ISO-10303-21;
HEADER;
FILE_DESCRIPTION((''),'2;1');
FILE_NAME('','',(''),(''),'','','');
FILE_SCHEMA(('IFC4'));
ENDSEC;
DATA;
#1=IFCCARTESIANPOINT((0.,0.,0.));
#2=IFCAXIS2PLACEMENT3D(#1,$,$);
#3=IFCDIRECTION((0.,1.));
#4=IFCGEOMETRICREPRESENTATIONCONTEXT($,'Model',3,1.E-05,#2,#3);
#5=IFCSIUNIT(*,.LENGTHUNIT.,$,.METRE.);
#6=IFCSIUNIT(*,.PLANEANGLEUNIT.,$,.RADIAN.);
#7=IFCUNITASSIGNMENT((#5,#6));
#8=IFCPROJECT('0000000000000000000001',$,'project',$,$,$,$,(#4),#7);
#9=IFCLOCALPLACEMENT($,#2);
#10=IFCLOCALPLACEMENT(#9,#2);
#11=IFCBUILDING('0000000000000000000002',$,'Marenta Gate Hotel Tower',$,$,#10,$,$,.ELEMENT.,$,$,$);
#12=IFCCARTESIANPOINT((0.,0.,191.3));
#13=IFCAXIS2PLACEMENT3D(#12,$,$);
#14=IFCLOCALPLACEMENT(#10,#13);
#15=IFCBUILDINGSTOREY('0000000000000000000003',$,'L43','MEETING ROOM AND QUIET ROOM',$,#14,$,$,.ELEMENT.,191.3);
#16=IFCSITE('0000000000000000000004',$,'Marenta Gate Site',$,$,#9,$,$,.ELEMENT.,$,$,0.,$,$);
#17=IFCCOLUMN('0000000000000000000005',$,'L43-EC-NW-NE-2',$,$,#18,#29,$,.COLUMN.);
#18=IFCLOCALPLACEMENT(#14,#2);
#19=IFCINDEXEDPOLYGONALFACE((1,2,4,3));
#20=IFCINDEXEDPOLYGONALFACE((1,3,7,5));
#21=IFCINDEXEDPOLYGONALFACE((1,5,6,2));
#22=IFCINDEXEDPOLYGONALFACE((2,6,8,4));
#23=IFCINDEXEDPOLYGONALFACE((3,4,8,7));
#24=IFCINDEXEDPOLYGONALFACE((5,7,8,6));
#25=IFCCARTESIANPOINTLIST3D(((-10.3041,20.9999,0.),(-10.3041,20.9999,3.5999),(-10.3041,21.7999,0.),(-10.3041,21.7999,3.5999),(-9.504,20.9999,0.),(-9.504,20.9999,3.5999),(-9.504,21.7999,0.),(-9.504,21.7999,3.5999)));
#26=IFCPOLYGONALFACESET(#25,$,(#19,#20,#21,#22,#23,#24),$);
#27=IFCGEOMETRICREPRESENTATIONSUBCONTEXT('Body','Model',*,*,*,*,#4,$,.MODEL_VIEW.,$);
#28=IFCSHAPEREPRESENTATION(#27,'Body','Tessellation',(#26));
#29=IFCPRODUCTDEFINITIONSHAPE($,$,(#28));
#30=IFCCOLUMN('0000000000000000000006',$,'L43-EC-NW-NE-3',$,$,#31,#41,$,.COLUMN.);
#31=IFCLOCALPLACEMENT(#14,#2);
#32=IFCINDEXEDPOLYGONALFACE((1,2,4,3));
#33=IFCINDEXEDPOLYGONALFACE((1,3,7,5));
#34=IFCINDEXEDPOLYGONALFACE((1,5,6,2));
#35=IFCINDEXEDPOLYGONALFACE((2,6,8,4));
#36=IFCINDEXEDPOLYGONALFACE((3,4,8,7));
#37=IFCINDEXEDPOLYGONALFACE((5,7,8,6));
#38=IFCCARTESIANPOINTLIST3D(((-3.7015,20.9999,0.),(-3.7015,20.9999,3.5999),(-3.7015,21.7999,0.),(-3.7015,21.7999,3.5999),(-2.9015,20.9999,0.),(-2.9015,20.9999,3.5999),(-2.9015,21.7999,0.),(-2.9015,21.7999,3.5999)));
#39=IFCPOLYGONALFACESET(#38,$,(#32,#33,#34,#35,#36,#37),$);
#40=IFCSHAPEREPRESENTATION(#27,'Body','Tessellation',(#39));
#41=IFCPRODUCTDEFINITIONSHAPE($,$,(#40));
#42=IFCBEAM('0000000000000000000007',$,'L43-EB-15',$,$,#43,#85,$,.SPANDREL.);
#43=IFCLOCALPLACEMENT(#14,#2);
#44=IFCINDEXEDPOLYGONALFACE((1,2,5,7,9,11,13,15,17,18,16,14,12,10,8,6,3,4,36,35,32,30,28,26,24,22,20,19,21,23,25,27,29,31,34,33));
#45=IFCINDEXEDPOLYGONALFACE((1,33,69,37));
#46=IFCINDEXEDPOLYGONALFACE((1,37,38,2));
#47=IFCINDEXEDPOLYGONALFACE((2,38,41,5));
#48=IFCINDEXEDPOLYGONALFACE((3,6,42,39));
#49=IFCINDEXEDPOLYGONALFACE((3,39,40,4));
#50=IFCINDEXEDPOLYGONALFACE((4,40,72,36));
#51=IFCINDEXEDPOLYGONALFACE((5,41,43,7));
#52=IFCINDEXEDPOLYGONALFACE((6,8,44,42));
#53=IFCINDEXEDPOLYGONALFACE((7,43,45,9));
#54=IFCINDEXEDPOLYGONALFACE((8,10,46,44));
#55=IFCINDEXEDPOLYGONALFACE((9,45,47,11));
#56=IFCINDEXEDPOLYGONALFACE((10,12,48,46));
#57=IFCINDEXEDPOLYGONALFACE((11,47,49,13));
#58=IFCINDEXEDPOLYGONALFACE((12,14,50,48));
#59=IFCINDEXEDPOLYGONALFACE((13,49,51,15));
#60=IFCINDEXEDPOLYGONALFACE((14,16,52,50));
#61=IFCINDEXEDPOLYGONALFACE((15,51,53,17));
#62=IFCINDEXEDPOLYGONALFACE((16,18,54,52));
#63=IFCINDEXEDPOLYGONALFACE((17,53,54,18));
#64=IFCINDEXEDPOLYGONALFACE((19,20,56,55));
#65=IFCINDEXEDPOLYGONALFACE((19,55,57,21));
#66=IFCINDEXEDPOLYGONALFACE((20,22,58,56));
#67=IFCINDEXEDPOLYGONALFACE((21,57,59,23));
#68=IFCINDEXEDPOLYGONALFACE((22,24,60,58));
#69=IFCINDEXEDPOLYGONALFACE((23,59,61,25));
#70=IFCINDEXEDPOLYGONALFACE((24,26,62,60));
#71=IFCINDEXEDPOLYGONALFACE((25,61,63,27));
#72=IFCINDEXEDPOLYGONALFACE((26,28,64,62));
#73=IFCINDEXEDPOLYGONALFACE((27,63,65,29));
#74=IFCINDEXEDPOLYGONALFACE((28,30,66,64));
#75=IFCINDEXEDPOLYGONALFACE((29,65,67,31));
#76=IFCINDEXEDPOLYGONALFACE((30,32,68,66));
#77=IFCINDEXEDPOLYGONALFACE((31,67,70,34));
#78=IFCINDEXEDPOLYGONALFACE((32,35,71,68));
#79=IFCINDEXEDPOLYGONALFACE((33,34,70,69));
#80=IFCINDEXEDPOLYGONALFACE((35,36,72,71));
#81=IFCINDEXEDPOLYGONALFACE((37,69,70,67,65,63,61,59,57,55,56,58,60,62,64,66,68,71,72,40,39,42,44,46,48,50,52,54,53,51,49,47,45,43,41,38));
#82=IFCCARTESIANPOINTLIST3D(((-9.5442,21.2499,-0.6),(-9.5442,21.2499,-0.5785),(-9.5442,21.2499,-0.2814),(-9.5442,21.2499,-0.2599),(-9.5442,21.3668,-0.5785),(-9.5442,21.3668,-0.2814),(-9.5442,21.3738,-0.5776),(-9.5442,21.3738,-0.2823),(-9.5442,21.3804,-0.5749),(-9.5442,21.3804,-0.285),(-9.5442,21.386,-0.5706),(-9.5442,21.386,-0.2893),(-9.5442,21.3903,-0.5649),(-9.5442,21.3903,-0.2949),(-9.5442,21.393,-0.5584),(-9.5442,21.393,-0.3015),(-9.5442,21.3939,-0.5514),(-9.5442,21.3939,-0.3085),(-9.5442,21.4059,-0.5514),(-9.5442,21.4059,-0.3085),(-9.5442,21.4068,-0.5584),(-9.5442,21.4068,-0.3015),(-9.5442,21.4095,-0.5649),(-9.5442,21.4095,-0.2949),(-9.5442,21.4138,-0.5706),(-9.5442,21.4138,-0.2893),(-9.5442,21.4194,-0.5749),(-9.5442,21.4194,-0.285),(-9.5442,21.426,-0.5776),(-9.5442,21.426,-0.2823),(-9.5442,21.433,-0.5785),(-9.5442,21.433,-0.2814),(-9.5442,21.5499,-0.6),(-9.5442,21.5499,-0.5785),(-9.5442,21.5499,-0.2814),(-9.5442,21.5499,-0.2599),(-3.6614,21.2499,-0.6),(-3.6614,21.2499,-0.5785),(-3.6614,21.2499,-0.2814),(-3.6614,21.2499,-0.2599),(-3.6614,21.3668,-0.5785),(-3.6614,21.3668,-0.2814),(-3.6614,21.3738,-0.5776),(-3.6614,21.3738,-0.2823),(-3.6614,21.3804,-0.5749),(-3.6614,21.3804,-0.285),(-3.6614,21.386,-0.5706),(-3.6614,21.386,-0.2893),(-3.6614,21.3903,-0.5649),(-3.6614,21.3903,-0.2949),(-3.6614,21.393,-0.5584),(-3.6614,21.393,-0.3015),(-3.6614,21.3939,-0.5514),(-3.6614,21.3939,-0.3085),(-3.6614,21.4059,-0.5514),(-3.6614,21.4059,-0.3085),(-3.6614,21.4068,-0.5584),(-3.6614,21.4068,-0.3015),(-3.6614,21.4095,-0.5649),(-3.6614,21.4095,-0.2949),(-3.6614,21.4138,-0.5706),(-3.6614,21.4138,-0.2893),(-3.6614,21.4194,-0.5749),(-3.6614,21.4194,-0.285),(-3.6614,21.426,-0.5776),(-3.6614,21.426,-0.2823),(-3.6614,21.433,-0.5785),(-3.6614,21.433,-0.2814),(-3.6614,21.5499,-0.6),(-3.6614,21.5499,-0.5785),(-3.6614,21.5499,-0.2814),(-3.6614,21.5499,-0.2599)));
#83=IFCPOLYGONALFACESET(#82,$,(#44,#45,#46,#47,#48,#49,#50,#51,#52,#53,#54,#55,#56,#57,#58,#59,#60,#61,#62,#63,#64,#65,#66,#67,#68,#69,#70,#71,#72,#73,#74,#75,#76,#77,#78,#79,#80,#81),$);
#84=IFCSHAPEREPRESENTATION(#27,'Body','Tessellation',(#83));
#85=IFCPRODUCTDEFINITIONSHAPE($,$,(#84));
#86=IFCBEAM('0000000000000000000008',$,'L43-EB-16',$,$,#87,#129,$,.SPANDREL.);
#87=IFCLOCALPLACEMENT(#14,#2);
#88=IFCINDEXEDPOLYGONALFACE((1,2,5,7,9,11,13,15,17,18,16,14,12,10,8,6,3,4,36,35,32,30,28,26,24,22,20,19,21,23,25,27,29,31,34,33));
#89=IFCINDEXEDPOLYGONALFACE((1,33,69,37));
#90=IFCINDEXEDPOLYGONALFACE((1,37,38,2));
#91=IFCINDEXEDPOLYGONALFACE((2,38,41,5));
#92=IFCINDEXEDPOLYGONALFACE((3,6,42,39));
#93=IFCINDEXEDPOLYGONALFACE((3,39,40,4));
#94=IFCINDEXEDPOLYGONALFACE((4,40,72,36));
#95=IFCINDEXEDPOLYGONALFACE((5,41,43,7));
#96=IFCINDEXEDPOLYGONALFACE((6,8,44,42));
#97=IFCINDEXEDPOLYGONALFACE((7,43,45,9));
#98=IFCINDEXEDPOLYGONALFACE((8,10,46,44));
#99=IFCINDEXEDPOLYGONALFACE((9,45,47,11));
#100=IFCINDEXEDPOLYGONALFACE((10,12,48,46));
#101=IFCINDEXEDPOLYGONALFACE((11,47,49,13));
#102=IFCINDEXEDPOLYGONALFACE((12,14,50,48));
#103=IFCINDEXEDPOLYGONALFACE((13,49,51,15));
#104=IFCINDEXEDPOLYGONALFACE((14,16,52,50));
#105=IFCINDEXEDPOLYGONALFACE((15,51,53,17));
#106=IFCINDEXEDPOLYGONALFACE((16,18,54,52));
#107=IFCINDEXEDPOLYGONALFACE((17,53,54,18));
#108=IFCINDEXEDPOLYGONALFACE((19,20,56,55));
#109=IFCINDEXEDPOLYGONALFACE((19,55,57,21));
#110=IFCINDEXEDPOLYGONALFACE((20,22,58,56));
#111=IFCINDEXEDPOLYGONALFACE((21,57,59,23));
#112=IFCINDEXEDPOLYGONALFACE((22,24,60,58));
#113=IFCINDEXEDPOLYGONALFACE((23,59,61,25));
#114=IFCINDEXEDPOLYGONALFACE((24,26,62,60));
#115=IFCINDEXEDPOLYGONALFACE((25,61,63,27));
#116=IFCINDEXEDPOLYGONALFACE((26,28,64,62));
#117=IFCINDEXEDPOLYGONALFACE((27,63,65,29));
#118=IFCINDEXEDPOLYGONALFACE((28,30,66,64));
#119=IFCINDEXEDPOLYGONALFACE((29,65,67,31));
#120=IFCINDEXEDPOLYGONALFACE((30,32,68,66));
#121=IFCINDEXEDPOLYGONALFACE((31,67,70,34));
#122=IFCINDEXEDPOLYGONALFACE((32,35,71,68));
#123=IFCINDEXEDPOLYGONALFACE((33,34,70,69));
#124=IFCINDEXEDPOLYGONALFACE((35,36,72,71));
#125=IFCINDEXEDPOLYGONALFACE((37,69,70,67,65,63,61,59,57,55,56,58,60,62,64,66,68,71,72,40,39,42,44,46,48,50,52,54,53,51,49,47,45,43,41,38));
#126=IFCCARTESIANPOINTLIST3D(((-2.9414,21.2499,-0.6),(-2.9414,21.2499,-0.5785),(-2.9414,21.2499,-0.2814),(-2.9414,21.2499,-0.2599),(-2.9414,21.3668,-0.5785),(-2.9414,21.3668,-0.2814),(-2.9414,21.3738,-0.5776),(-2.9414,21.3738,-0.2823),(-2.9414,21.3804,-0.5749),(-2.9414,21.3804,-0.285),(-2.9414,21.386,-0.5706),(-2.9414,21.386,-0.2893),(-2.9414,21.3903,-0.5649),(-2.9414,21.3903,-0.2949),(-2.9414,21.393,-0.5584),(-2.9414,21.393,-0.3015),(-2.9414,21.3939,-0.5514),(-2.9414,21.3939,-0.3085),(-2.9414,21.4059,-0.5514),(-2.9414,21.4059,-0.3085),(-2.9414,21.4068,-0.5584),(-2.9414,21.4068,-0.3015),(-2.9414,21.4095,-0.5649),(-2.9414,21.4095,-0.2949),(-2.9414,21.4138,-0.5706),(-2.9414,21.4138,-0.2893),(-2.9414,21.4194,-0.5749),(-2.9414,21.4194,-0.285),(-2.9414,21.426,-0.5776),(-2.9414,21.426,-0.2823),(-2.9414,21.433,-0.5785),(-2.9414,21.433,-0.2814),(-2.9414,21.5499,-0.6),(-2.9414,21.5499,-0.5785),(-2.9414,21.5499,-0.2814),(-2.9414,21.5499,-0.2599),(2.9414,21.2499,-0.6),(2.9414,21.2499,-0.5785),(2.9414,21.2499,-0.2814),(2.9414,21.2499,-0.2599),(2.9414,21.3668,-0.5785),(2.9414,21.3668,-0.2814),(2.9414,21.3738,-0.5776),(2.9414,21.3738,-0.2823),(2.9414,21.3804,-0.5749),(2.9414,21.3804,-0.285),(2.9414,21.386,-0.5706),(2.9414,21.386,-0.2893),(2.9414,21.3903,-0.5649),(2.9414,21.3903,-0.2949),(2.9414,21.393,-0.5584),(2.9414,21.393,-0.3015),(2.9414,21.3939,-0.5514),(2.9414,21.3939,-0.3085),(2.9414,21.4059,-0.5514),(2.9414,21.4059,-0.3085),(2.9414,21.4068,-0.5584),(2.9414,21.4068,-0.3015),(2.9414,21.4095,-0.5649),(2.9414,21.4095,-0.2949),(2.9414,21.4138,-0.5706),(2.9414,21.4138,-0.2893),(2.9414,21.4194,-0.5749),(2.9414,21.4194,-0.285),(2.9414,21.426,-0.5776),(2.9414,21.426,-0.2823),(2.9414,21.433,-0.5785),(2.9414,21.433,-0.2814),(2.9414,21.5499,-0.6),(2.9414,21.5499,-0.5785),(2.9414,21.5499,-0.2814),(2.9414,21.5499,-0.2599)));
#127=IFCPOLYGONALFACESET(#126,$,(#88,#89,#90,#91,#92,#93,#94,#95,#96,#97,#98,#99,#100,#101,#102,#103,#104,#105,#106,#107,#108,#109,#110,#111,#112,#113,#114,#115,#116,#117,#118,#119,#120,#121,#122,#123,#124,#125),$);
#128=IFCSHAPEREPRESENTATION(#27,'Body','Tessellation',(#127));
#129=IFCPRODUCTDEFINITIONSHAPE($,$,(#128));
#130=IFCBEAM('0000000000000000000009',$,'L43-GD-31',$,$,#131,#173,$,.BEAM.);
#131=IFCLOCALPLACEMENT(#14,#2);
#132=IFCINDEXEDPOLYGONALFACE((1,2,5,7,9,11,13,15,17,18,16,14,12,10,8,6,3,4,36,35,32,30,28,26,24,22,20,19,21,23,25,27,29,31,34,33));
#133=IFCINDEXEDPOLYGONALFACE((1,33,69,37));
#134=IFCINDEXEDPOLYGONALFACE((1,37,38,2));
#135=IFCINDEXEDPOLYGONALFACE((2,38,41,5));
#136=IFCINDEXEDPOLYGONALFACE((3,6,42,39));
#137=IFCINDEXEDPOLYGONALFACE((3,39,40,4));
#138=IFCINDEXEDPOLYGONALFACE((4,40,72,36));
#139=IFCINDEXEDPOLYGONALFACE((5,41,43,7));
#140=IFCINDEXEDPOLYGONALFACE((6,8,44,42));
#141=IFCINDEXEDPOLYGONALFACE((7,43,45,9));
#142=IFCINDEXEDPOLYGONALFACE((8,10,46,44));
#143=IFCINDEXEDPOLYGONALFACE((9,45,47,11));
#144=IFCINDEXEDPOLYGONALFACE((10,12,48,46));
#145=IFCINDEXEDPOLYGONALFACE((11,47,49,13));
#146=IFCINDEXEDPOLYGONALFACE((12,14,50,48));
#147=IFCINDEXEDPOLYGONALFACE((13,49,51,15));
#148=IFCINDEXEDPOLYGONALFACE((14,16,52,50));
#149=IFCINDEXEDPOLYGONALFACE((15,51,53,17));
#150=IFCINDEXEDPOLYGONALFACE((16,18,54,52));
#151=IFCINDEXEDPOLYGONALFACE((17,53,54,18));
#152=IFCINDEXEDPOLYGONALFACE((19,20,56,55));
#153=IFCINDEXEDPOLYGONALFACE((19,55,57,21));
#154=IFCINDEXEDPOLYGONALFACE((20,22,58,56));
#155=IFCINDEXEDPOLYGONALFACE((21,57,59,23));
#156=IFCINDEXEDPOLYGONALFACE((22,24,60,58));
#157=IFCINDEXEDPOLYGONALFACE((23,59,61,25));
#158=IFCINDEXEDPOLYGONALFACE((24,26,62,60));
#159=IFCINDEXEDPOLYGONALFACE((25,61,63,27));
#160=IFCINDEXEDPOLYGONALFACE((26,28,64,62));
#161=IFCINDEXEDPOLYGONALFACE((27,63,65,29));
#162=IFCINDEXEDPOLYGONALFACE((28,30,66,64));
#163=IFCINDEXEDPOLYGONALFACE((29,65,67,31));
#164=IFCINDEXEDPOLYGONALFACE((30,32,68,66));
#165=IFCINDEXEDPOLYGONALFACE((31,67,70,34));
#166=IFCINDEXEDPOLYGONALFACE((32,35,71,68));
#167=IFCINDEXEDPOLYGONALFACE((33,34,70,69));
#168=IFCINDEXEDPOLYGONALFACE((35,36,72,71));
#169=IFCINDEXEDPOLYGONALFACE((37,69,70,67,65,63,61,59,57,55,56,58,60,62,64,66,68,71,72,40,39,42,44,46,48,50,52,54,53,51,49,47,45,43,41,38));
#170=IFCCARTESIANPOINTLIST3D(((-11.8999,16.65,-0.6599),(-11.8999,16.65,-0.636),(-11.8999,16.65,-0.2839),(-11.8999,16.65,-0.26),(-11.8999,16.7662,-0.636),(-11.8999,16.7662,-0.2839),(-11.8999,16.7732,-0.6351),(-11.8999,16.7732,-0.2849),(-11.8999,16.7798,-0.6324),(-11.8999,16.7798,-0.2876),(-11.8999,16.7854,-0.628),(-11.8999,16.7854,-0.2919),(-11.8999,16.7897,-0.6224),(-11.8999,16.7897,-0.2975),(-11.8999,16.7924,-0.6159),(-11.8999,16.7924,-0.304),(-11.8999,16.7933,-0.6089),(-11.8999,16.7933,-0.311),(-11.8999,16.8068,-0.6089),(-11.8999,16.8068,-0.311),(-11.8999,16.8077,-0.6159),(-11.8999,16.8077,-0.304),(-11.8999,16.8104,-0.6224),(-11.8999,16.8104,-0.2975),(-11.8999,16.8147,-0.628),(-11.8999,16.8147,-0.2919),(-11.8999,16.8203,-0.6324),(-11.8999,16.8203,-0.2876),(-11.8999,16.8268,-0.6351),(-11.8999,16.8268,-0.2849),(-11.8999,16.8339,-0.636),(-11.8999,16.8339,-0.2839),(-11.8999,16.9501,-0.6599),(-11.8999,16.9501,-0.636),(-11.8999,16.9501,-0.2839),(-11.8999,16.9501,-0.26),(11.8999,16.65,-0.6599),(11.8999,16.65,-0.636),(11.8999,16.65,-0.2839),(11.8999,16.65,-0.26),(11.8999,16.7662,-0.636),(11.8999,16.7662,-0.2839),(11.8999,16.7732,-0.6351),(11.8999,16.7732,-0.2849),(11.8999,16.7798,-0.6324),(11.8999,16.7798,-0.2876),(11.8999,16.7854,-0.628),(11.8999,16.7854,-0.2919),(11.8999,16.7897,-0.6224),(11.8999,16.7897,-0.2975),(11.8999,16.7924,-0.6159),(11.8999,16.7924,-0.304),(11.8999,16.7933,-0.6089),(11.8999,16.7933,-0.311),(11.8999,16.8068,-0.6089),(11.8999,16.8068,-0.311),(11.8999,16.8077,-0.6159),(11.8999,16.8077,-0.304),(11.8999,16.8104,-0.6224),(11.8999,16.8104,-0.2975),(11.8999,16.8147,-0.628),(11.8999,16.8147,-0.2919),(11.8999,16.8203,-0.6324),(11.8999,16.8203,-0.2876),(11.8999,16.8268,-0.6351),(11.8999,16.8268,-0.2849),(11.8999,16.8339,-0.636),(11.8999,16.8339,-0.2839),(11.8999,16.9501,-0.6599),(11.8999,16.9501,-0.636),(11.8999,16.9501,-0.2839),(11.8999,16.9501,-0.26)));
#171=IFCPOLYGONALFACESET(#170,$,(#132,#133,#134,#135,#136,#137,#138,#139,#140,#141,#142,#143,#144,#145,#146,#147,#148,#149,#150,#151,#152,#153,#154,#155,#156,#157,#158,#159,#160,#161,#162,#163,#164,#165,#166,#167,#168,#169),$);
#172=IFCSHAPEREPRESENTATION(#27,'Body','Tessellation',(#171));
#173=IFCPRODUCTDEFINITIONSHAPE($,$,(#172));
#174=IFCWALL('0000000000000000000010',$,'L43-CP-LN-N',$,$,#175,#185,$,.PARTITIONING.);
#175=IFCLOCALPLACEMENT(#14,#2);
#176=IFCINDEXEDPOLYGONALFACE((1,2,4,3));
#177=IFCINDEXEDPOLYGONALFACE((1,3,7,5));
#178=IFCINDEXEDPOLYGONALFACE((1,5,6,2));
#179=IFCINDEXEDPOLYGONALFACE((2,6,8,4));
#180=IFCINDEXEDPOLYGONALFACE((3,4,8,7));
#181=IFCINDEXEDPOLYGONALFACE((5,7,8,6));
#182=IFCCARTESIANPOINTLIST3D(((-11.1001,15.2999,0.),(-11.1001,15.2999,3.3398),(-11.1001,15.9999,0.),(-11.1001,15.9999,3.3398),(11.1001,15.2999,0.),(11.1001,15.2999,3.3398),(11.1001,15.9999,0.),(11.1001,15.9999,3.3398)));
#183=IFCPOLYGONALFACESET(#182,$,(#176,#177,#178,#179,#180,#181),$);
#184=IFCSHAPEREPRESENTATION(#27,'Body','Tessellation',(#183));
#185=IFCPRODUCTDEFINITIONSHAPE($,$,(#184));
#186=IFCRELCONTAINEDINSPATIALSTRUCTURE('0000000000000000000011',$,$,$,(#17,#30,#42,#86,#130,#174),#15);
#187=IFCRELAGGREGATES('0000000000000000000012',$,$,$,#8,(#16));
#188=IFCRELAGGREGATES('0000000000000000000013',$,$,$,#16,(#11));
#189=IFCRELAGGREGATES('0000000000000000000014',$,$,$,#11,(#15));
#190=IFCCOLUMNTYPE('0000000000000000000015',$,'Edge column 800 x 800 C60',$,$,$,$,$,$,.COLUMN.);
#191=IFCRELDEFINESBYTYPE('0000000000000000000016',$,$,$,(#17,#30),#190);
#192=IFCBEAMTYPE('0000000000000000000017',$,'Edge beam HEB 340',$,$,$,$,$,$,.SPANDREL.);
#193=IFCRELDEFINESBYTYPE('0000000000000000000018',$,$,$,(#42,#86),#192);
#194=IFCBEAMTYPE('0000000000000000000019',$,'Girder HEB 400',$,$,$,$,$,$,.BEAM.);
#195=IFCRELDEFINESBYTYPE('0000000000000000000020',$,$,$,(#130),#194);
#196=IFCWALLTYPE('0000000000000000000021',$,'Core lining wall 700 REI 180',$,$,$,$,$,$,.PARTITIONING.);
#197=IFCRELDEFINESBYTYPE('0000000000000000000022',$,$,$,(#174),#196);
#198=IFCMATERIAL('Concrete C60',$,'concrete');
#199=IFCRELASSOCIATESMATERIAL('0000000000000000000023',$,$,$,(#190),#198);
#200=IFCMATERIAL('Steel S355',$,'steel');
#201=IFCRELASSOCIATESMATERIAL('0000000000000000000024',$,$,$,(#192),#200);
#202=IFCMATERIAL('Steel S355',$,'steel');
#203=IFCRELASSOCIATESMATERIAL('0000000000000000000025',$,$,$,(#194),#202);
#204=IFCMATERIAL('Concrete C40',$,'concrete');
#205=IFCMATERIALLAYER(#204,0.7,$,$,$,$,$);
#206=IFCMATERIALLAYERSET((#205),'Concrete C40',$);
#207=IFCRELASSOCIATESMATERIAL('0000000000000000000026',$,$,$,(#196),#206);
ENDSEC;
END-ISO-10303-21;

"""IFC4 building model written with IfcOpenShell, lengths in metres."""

from ifc_helpers import new_model, si_unit, direction, frame, frame_2d, origin, origin_2d, place, context, subcontext, project, spatial, rectangle, i_section, extrude, material, layer, layer_set, material_profile, profile_set, type_object, element, save


model = new_model("IFC4")

# Units and contexts
model_context = context("Model", 3, precision=1e-05, world=origin(), true_north=direction((0.0, 1.0)))
body_context = subcontext(model_context, "Body", "Model", "MODEL_VIEW")
ifc_project = project(units=[si_unit("LENGTHUNIT", "METRE"), si_unit("PLANEANGLEUNIT", "RADIAN")], contexts=[model_context])

# Site, building, storey
site_placement = place(None, origin())
site = spatial("IfcSite", under=ifc_project, at=site_placement, Name="Marenta Gate Site", CompositionType="ELEMENT", RefElevation=0.0)
building_placement = place(site_placement, origin())
building = spatial("IfcBuilding", under=site, at=building_placement, Name="Marenta Gate Hotel Tower", CompositionType="ELEMENT")
storey_placement = place(building_placement, frame((0.0, 0.0, 191.3)))
storey = spatial("IfcBuildingStorey", under=building, at=storey_placement, Name="L43", Description="MEETING ROOM AND QUIET ROOM", CompositionType="ELEMENT", Elevation=191.3)

# Columns
ifc_material_1 = material(Name="Concrete C60", Category="concrete")
ifc_material_profile_1 = material_profile(ifc_material_1, rectangle(XDim=0.8, YDim=0.8, at=origin_2d()), Name="800 x 800")
ifc_profile_set_1 = profile_set([ifc_material_profile_1], Name="Concrete C60")
column_type = type_object("IfcColumnType", Name="Edge column 800 x 800 C60", PredefinedType="COLUMN", material=ifc_profile_set_1)
for number, where, z_axis, x_axis, name in (
    (1, (-9.9041, 21.3999, 0.0), (0.0, 0.0, 1.0), (1.0, 0.0, 0.0), "L43-EC-NW-NE-2"),
    (2, (-3.3015, 21.3999, 0.0), (0.0, 0.0, 1.0), (1.0, 0.0, 0.0), "L43-EC-NW-NE-3"),
):
    element("IfcColumn", number, at=place(storey_placement, frame(where, z_axis=z_axis, x_axis=x_axis)), inside=storey, type_object=column_type, Name=name, PredefinedType="COLUMN", context=body_context, shape_type="SweptSolid", body=[
        extrude(rectangle(XDim=0.8, YDim=0.8, at=origin_2d()), origin(), (0.0, 0.0, 1.0), 3.5999),
    ])

# Beams
ifc_material_2 = material(Name="Steel S355", Category="steel")
ifc_material_profile_2 = material_profile(ifc_material_2, i_section(OverallWidth=0.3, OverallDepth=0.3401, WebThickness=0.012, FlangeThickness=0.0215, FilletRadius=0.0271, at=origin_2d()), Name="HEB 340")
ifc_profile_set_2 = profile_set([ifc_material_profile_2], Name="Steel S355")
beam_type_1 = type_object("IfcBeamType", Name="Edge beam HEB 340", PredefinedType="SPANDREL", material=ifc_profile_set_2)
for number, where, z_axis, x_axis, name in (
    (3, (-9.5442, 21.3999, -0.4299), (1.0, 0.0, 0.0), (0.0, 1.0, 0.0), "L43-EB-15"),
    (4, (-2.9414, 21.3999, -0.4299), (1.0, 0.0, 0.0), (0.0, 1.0, 0.0), "L43-EB-16"),
):
    element("IfcBeam", number, at=place(storey_placement, frame(where, z_axis=z_axis, x_axis=x_axis)), inside=storey, type_object=beam_type_1, Name=name, PredefinedType="SPANDREL", context=body_context, shape_type="SweptSolid", body=[
        extrude(i_section(OverallWidth=0.3, OverallDepth=0.3401, WebThickness=0.012, FlangeThickness=0.0215, FilletRadius=0.0271, at=origin_2d()), origin(), (0.0, 0.0, 1.0), 5.8828),
    ])
ifc_material_3 = material(Name="Steel S355", Category="steel")
ifc_material_profile_3 = material_profile(ifc_material_3, i_section(OverallWidth=0.3, OverallDepth=0.3999, WebThickness=0.0134, FlangeThickness=0.0239, FilletRadius=0.0271, at=origin_2d()), Name="HEB 400")
ifc_profile_set_3 = profile_set([ifc_material_profile_3], Name="Steel S355")
beam_type_2 = type_object("IfcBeamType", Name="Girder HEB 400", PredefinedType="BEAM", material=ifc_profile_set_3)
beam_placement = place(storey_placement, frame((-11.8999, 16.8, -0.46), z_axis=(1.0, 0.0, 0.0), x_axis=(0.0, 1.0, 0.0)))
element("IfcBeam", 5, at=beam_placement, inside=storey, type_object=beam_type_2, Name="L43-GD-31", PredefinedType="BEAM", context=body_context, shape_type="SweptSolid", body=[
    extrude(i_section(OverallWidth=0.3, OverallDepth=0.3999, WebThickness=0.0134, FlangeThickness=0.0239, FilletRadius=0.0271, at=origin_2d()), origin(), (0.0, 0.0, 1.0), 23.7998),
])

# Wall
ifc_material_4 = material(Name="Concrete C40", Category="concrete")
ifc_layer_1 = layer(ifc_material_4, 0.7)
ifc_layer_set_1 = layer_set([ifc_layer_1], Name="Concrete C40")
wall_type_1 = type_object("IfcWallType", Name="Core lining wall 700 REI 180", PredefinedType="PARTITIONING", material=ifc_layer_set_1)
wall_1_placement = place(storey_placement, frame((-11.1001, 15.6499, 0.0), z_axis=(0.0, 0.0, 1.0), x_axis=(1.0, 0.0, 0.0)))
element("IfcWall", 6, at=wall_1_placement, inside=storey, type_object=wall_type_1, Name="L43-CP-LN-N", PredefinedType="PARTITIONING", context=body_context, shape_type="SweptSolid", body=[
    extrude(rectangle(XDim=22.2002, YDim=0.7, at=frame_2d((11.1001, 0.0))), origin(), (0.0, 0.0, 1.0), 3.3398),
])

save(model, "model.ifc")
